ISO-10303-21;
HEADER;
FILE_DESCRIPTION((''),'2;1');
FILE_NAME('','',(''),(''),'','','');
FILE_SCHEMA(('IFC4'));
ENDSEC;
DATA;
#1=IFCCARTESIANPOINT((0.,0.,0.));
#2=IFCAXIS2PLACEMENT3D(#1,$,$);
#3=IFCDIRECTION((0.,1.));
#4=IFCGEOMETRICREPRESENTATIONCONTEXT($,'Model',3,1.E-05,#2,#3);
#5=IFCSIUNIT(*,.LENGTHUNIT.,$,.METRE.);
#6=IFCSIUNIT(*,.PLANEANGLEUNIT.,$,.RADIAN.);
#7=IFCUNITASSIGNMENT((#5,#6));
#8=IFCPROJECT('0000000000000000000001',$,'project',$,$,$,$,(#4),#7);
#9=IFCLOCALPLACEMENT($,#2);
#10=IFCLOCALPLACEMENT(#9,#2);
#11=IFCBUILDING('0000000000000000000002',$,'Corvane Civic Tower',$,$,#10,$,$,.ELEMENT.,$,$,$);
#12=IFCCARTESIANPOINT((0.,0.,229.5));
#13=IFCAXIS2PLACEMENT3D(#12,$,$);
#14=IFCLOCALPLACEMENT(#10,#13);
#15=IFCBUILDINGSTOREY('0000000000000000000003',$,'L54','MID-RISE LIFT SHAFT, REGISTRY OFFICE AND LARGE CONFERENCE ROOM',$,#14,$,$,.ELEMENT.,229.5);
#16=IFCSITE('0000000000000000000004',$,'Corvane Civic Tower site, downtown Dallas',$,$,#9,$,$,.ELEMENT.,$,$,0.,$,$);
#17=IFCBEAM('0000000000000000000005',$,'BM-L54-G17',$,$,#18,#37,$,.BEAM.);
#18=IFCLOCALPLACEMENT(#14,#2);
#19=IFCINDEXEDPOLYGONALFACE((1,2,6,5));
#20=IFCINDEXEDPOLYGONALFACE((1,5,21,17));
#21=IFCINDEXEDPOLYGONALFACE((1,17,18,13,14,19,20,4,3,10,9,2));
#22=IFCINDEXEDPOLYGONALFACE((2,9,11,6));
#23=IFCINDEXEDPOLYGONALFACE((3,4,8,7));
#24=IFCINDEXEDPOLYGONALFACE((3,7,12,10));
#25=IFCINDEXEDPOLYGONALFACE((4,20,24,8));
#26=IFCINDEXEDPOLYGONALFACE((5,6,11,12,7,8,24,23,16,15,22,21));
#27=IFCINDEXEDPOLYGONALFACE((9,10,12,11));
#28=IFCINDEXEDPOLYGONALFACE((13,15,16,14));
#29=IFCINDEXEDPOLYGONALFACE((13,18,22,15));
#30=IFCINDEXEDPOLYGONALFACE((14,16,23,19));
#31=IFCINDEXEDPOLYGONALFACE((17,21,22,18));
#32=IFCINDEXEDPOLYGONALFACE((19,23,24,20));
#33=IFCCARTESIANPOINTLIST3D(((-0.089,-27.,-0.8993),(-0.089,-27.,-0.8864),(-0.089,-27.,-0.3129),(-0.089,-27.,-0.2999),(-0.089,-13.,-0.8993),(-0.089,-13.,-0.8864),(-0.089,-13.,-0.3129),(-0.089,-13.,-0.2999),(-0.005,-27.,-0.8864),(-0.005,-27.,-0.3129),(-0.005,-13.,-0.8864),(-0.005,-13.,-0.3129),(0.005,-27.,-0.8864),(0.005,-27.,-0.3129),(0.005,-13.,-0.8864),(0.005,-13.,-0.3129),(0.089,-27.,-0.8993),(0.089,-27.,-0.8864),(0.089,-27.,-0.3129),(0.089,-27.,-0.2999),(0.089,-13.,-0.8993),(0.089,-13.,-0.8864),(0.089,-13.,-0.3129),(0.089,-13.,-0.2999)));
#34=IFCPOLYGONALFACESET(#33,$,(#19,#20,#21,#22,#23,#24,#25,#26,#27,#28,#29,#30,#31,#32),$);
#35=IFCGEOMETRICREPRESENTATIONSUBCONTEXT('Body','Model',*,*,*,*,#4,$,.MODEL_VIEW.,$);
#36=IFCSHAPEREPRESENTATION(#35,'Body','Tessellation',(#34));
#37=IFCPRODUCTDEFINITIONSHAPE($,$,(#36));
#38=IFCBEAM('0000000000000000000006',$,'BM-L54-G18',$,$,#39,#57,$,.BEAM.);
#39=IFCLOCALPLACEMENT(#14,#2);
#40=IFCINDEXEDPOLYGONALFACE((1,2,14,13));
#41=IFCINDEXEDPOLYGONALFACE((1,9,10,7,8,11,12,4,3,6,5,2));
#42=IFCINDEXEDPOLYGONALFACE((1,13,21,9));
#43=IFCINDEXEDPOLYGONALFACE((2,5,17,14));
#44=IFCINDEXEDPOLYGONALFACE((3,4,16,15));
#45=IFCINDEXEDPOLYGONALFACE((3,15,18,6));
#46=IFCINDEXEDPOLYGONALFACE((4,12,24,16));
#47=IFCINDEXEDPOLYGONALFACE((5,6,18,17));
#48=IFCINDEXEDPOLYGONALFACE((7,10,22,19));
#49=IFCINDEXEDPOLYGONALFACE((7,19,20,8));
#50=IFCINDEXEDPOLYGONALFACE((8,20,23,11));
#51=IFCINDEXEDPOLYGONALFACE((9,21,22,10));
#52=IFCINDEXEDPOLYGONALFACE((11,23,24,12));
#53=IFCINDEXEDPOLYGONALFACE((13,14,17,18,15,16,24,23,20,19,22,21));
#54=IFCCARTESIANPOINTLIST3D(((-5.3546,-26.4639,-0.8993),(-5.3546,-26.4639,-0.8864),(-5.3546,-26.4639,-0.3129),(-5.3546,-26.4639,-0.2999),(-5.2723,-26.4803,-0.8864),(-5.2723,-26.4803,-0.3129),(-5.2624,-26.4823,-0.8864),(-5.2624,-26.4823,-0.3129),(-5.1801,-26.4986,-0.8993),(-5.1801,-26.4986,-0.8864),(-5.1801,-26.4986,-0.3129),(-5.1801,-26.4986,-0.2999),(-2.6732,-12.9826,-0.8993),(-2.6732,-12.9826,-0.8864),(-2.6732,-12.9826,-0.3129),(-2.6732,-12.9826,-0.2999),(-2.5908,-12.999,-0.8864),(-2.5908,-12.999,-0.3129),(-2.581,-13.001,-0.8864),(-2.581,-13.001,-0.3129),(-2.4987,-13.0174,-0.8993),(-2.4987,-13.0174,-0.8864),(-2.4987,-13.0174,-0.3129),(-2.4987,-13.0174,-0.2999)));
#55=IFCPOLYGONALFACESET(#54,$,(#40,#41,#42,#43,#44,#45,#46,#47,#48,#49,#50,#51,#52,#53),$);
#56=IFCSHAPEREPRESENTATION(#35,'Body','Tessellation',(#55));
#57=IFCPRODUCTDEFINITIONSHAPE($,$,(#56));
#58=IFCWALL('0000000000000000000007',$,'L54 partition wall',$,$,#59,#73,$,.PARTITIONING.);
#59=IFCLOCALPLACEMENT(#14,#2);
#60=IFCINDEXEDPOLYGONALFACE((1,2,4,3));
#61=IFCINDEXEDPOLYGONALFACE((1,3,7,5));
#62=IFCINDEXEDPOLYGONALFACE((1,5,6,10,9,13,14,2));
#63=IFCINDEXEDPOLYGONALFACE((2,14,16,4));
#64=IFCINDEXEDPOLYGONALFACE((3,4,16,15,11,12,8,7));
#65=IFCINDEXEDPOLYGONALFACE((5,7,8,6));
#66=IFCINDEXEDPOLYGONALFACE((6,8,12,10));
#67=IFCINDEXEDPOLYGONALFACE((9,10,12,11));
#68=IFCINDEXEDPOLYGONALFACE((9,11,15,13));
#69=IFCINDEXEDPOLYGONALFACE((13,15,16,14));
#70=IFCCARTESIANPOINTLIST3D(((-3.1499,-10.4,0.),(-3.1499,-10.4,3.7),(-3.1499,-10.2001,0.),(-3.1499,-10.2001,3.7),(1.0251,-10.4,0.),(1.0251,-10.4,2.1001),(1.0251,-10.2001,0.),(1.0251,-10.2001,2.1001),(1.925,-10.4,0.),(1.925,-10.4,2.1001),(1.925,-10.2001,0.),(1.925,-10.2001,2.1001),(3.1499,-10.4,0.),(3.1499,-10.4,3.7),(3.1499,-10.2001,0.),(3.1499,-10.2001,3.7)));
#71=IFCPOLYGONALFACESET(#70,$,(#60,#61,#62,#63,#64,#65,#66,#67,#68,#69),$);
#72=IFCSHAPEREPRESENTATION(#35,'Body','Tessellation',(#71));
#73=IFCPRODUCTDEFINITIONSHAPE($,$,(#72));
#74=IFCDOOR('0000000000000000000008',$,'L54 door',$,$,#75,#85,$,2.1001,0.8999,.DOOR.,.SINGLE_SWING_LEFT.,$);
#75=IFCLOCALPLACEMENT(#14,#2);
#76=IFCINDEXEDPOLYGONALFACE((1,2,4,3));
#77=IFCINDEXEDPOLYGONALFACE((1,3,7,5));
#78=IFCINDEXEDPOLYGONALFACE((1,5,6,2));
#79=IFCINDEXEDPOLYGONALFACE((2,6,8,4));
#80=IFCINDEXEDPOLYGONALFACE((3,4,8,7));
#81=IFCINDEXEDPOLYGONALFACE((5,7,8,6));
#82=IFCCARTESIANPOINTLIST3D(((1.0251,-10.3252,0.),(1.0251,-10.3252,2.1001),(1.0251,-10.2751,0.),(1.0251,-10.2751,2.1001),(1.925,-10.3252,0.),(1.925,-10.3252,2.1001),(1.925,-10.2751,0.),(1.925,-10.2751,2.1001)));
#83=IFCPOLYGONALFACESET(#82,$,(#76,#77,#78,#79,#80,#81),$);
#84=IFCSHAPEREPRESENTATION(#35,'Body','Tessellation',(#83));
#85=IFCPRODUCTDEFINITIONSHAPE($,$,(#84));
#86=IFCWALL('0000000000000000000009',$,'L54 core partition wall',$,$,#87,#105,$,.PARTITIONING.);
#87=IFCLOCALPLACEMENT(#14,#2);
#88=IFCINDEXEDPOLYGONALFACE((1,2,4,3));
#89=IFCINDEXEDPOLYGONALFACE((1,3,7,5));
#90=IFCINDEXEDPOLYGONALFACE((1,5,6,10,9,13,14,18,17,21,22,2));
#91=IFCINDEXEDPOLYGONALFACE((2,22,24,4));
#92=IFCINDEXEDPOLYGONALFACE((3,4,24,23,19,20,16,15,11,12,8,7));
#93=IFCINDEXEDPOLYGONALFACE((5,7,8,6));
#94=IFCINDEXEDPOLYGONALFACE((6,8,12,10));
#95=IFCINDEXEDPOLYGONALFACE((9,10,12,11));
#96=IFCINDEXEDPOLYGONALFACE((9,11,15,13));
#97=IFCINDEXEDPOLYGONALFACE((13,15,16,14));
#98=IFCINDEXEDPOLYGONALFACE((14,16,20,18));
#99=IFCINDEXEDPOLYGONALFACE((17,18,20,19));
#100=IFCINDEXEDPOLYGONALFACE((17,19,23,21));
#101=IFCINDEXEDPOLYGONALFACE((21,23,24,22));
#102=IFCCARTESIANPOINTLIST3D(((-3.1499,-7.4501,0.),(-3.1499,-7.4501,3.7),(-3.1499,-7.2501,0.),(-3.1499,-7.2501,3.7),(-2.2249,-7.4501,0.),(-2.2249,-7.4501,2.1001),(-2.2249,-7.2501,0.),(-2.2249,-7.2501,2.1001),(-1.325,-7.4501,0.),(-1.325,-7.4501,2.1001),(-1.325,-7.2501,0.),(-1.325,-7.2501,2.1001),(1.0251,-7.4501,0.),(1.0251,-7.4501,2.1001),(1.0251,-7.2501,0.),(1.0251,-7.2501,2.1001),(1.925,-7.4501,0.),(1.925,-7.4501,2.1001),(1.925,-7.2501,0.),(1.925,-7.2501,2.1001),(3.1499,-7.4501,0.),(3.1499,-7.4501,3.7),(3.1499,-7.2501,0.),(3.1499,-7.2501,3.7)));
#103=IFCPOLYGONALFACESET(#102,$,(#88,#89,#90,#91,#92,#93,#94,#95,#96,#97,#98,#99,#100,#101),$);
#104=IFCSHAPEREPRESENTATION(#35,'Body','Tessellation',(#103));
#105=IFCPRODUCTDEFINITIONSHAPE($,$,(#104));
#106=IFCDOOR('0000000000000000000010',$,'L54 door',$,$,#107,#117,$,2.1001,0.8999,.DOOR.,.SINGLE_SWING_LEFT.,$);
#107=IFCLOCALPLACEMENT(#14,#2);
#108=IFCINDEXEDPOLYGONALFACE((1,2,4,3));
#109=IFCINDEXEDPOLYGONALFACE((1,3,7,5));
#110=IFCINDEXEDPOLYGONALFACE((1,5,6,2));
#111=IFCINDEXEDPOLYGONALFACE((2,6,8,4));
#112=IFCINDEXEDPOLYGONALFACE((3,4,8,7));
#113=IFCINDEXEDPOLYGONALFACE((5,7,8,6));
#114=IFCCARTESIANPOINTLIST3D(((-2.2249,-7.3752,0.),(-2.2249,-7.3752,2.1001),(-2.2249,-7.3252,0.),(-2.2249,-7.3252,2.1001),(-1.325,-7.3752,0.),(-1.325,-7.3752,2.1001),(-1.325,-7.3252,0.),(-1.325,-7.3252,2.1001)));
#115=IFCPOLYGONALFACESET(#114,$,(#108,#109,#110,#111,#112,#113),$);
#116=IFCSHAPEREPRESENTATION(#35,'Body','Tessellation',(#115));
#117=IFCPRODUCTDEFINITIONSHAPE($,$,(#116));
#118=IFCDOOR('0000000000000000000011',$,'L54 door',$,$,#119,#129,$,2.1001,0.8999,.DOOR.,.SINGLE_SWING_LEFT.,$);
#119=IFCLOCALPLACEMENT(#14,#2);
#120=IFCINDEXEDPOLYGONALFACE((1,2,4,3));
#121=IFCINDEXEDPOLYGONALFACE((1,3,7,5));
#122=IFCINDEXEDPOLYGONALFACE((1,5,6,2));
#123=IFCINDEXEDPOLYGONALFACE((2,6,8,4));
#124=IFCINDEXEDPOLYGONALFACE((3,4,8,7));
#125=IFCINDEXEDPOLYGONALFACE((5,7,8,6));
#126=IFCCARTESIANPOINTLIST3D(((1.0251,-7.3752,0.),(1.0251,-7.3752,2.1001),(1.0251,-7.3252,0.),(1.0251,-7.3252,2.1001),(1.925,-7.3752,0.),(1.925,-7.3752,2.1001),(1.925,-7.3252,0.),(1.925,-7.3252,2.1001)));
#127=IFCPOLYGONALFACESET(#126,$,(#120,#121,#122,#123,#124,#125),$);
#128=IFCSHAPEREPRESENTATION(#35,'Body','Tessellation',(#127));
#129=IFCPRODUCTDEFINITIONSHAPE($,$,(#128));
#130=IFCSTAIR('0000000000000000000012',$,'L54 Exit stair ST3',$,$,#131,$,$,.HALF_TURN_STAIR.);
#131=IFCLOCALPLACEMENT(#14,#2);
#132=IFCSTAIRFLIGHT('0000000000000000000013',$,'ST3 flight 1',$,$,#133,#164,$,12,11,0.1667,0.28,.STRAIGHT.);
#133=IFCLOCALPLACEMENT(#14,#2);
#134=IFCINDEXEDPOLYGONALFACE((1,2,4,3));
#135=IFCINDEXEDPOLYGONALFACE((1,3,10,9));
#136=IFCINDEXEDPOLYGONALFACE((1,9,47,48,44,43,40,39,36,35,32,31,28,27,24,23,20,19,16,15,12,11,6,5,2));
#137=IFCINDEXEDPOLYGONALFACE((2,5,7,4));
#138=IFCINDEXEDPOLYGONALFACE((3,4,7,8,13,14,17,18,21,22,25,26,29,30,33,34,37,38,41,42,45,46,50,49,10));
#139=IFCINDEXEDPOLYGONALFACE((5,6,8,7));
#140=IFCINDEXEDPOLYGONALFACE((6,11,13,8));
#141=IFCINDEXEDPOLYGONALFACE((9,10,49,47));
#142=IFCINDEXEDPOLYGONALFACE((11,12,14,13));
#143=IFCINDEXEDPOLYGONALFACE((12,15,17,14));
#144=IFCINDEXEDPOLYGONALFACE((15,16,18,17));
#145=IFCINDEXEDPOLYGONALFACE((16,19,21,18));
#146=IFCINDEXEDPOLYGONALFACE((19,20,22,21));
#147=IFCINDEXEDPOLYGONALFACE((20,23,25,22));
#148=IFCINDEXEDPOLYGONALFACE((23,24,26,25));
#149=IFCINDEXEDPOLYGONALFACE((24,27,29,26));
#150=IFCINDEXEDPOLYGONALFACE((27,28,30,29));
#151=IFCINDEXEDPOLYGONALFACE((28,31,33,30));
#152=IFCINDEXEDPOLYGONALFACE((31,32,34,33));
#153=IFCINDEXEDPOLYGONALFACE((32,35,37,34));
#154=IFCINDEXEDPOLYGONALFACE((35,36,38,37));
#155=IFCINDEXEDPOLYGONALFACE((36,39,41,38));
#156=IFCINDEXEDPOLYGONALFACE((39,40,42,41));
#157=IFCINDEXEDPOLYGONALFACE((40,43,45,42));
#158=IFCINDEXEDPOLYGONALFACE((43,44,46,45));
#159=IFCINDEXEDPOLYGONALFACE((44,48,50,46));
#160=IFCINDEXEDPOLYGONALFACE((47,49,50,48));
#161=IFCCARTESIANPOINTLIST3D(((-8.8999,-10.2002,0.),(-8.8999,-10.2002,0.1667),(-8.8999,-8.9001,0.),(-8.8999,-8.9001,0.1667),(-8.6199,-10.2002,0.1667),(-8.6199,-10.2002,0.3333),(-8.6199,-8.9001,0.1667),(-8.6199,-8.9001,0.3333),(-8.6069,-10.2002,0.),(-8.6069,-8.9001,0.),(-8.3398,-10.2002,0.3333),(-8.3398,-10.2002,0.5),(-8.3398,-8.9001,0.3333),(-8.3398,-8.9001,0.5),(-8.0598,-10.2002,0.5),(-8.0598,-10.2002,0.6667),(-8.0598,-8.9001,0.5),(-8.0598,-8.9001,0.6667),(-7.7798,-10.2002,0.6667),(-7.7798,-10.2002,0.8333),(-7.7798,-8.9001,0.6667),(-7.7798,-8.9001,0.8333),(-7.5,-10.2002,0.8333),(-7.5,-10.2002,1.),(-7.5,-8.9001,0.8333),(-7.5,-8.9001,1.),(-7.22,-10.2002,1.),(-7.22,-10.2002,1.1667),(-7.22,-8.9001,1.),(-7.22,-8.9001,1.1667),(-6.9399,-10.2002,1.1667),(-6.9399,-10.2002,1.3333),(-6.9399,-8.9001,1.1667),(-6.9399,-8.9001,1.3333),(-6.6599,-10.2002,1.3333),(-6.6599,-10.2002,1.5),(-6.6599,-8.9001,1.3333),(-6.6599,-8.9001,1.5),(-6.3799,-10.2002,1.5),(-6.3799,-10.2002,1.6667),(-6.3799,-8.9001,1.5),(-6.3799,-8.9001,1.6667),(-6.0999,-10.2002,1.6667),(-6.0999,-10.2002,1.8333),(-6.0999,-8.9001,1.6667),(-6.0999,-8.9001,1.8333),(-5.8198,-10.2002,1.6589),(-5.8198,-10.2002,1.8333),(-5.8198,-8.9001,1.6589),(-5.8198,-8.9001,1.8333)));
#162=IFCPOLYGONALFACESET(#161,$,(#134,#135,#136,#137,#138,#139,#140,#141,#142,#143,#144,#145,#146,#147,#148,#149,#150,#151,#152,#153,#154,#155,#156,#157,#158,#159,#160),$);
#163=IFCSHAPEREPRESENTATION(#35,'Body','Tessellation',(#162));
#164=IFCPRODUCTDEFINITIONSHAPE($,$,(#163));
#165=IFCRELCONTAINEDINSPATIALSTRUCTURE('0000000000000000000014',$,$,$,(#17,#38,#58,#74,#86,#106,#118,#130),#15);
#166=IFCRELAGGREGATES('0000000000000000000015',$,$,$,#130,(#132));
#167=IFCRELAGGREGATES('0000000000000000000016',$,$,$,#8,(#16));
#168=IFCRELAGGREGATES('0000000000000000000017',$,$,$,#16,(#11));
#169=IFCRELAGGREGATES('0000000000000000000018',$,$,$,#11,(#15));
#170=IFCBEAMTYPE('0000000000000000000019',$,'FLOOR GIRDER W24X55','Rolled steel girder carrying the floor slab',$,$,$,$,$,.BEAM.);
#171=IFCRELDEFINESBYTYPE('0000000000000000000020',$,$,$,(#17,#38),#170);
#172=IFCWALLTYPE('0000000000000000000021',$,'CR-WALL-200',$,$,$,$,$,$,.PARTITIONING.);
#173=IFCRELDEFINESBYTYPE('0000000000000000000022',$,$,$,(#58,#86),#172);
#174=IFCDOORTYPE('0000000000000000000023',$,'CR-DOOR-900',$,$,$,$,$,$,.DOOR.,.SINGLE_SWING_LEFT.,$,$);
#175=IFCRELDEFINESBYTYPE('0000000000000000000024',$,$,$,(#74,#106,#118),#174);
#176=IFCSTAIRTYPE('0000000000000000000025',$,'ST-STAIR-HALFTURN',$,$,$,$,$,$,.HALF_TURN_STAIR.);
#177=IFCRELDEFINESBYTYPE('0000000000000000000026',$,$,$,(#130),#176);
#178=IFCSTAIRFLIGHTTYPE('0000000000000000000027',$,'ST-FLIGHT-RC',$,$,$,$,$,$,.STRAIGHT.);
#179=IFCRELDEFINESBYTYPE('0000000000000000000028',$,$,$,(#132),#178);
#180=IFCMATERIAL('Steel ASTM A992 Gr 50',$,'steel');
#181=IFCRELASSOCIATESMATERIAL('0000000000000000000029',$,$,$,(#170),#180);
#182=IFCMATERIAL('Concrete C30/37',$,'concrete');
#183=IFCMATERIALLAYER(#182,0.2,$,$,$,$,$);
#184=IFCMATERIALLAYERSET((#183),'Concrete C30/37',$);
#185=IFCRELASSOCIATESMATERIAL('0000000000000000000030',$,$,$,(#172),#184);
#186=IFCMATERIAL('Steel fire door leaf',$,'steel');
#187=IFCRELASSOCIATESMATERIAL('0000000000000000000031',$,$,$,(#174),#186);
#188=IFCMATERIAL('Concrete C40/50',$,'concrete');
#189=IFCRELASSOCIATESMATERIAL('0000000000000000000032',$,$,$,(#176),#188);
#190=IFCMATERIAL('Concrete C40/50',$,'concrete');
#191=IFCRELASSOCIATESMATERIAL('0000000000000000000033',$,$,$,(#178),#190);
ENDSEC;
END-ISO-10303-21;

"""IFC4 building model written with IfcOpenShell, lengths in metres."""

from ifc_helpers import new_model, si_unit, direction, frame, frame_2d, origin, origin_2d, place, context, subcontext, project, spatial, polyline, rectangle, i_section, outline, extrude, material, layer, layer_set, material_profile, profile_set, type_object, element, fill, aggregate, save


model = new_model("IFC4")

# Units and contexts
model_context = context("Model", 3, precision=1e-05, world=origin(), true_north=direction((0.0, 1.0)))
body_context = subcontext(model_context, "Body", "Model", "MODEL_VIEW")
ifc_project = project(units=[si_unit("LENGTHUNIT", "METRE"), si_unit("PLANEANGLEUNIT", "RADIAN")], contexts=[model_context])

# Site, building, storey
site_placement = place(None, origin())
site = spatial("IfcSite", under=ifc_project, at=site_placement, Name="Corvane Civic Tower site, downtown Dallas", CompositionType="ELEMENT", RefElevation=0.0)
building_placement = place(site_placement, origin())
building = spatial("IfcBuilding", under=site, at=building_placement, Name="Corvane Civic Tower", CompositionType="ELEMENT")
storey_placement = place(building_placement, frame((0.0, 0.0, 229.5)))
storey = spatial("IfcBuildingStorey", under=building, at=storey_placement, Name="L54", Description="MID-RISE LIFT SHAFT, REGISTRY OFFICE AND LARGE CONFERENCE ROOM", CompositionType="ELEMENT", Elevation=229.5)

# Beams
ifc_material_1 = material(Name="Steel ASTM A992 Gr 50", Category="steel")
ifc_material_profile = material_profile(ifc_material_1, i_section(OverallWidth=0.178, OverallDepth=0.5994, WebThickness=0.01, FlangeThickness=0.0129, at=origin_2d()), Name="W24X55")
ifc_profile_set = profile_set([ifc_material_profile], Name="Steel ASTM A992 Gr 50")
beam_type = type_object("IfcBeamType", Name="FLOOR GIRDER W24X55", Description="Rolled steel girder carrying the floor slab", PredefinedType="BEAM", material=ifc_profile_set)
beam_1_placement = place(storey_placement, frame((0.0, -13.0, -0.5996), z_axis=(0.0, -1.0, 0.0), x_axis=(1.0, 0.0, 0.0)))
element("IfcBeam", 1, at=beam_1_placement, inside=storey, type_object=beam_type, Name="BM-L54-G17", PredefinedType="BEAM", context=body_context, shape_type="SweptSolid", body=[
    extrude(i_section(OverallWidth=0.178, OverallDepth=0.5994, WebThickness=0.01, FlangeThickness=0.0129, at=origin_2d()), origin(), (0.0, 0.0, 1.0), 14.0),
])
beam_2_placement = place(storey_placement, frame((-2.5859, -13.0, -0.5996), z_axis=(-0.195078, -0.980788, 0.0), x_axis=(0.980788, -0.195078, 0.0)))
element("IfcBeam", 2, at=beam_2_placement, inside=storey, type_object=beam_type, Name="BM-L54-G18", PredefinedType="BEAM", context=body_context, shape_type="SweptSolid", body=[
    extrude(i_section(OverallWidth=0.178, OverallDepth=0.5994, WebThickness=0.01, FlangeThickness=0.0129, at=origin_2d()), origin(), (0.0, 0.0, 1.0), 13.7454),
])

# Wall, opening, door
ifc_material_2 = material(Name="Concrete C30/37", Category="concrete")
ifc_layer = layer(ifc_material_2, 0.2)
ifc_layer_set = layer_set([ifc_layer], Name="Concrete C30/37")
wall_type = type_object("IfcWallType", Name="CR-WALL-200", PredefinedType="PARTITIONING", material=ifc_layer_set)
wall_1_placement = place(storey_placement, frame((-3.1499, -10.3, 0.0), z_axis=(0.0, 0.0, 1.0), x_axis=(1.0, 0.0, 0.0)))
wall_1 = element("IfcWall", 3, at=wall_1_placement, inside=storey, type_object=wall_type, Name="L54 partition wall", PredefinedType="PARTITIONING", context=body_context, shape_type="SweptSolid", body=[
    extrude(rectangle(XDim=6.2998, YDim=0.2, at=frame_2d((3.1499, 0.0))), origin(), (0.0, 0.0, 1.0), 3.7),
])
opening_1_placement = place(wall_1_placement, frame((4.175, 0.0, 0.0)))
opening_1 = element("IfcOpeningElement", 4, at=opening_1_placement, cuts=wall_1, PredefinedType="OPENING", context=body_context, shape_type="SweptSolid", body=[
    extrude(rectangle(XDim=0.8999, YDim=2.1001, at=frame_2d((0.45, 1.05))), frame((0.0, 0.1099, 0.0), z_axis=(0.0, -1.0, 0.0), x_axis=(1.0, 0.0, 0.0)), (0.0, 0.0, 1.0), 0.22),
])
ifc_material_3 = material(Name="Steel fire door leaf", Category="steel")
door_type = type_object("IfcDoorType", Name="CR-DOOR-900", OperationType="SINGLE_SWING_LEFT", PredefinedType="DOOR", material=ifc_material_3)
door_1_placement = place(opening_1_placement, origin())
door_1 = element("IfcDoor", 5, at=door_1_placement, inside=storey, type_object=door_type, Name="L54 door", OperationType="SINGLE_SWING_LEFT", OverallHeight=2.1001, OverallWidth=0.8999, PredefinedType="DOOR", context=body_context, shape_type="SweptSolid", body=[
    extrude(rectangle(XDim=0.8999, YDim=2.1001, at=frame_2d((0.45, 1.05))), frame((0.0, 0.0249, 0.0), z_axis=(0.0, -1.0, 0.0), x_axis=(1.0, 0.0, 0.0)), (0.0, 0.0, 1.0), 0.05),
])
fill(opening_1, door_1)

# Wall, openings, doors
wall_2_placement = place(storey_placement, frame((-3.1499, -7.3501, 0.0), z_axis=(0.0, 0.0, 1.0), x_axis=(1.0, 0.0, 0.0)))
wall_2 = element("IfcWall", 6, at=wall_2_placement, inside=storey, type_object=wall_type, Name="L54 core partition wall", PredefinedType="PARTITIONING", context=body_context, shape_type="SweptSolid", body=[
    extrude(rectangle(XDim=6.2998, YDim=0.2, at=frame_2d((3.1499, 0.0))), origin(), (0.0, 0.0, 1.0), 3.7),
])
opening_2_placement = place(wall_2_placement, frame((0.925, 0.0, 0.0)))
opening_2 = element("IfcOpeningElement", 7, at=opening_2_placement, cuts=wall_2, PredefinedType="OPENING", context=body_context, shape_type="SweptSolid", body=[
    extrude(rectangle(XDim=0.8999, YDim=2.1001, at=frame_2d((0.45, 1.05))), frame((0.0, 0.1099, 0.0), z_axis=(0.0, -1.0, 0.0), x_axis=(1.0, 0.0, 0.0)), (0.0, 0.0, 1.0), 0.22),
])
opening_3_placement = place(wall_2_placement, frame((4.175, 0.0, 0.0)))
opening_3 = element("IfcOpeningElement", 8, at=opening_3_placement, cuts=wall_2, PredefinedType="OPENING", context=body_context, shape_type="SweptSolid", body=[
    extrude(rectangle(XDim=0.8999, YDim=2.1001, at=frame_2d((0.45, 1.05))), frame((0.0, 0.1099, 0.0), z_axis=(0.0, -1.0, 0.0), x_axis=(1.0, 0.0, 0.0)), (0.0, 0.0, 1.0), 0.22),
])
door_2_placement = place(opening_2_placement, origin())
door_2 = element("IfcDoor", 9, at=door_2_placement, inside=storey, type_object=door_type, Name="L54 door", OperationType="SINGLE_SWING_LEFT", OverallHeight=2.1001, OverallWidth=0.8999, PredefinedType="DOOR", context=body_context, shape_type="SweptSolid", body=[
    extrude(rectangle(XDim=0.8999, YDim=2.1001, at=frame_2d((0.45, 1.05))), frame((0.0, 0.0249, 0.0), z_axis=(0.0, -1.0, 0.0), x_axis=(1.0, 0.0, 0.0)), (0.0, 0.0, 1.0), 0.05),
])
fill(opening_2, door_2)
door_3_placement = place(opening_3_placement, origin())
door_3 = element("IfcDoor", 10, at=door_3_placement, inside=storey, type_object=door_type, Name="L54 door", OperationType="SINGLE_SWING_LEFT", OverallHeight=2.1001, OverallWidth=0.8999, PredefinedType="DOOR", context=body_context, shape_type="SweptSolid", body=[
    extrude(rectangle(XDim=0.8999, YDim=2.1001, at=frame_2d((0.45, 1.05))), frame((0.0, 0.0249, 0.0), z_axis=(0.0, -1.0, 0.0), x_axis=(1.0, 0.0, 0.0)), (0.0, 0.0, 1.0), 0.05),
])
fill(opening_3, door_3)

# Stair, stair flight
ifc_material_4 = material(Name="Concrete C40/50", Category="concrete")
stair_type = type_object("IfcStairType", Name="ST-STAIR-HALFTURN", PredefinedType="HALF_TURN_STAIR", material=ifc_material_4)
stair_placement = place(storey_placement, origin())
stair = element("IfcStair", 11, at=stair_placement, inside=storey, type_object=stair_type, Name="L54 Exit stair ST3", PredefinedType="HALF_TURN_STAIR")
ifc_material_5 = material(Name="Concrete C40/50", Category="concrete")
stair_flight_type = type_object("IfcStairFlightType", Name="ST-FLIGHT-RC", PredefinedType="STRAIGHT", material=ifc_material_5)
stair_flight_1_placement = place(storey_placement, frame((-8.8999, -9.55, 0.0), z_axis=(0.0, 0.0, 1.0), x_axis=(1.0, 0.0, 0.0)))
stair_flight_1 = element("IfcStairFlight", 12, at=stair_flight_1_placement, type_object=stair_flight_type, Name="ST3 flight 1", NumberOfRisers=12, NumberOfTreads=11, PredefinedType="STRAIGHT", RiserHeight=0.1667, TreadLength=0.28, context=body_context, shape_type="SweptSolid", body=[
    extrude(outline(polyline([(0.0, 0.0), (0.0, 0.1667), (0.28, 0.1667), (0.28, 0.3333), (0.5601, 0.3333), (0.5601, 0.5), (0.8401, 0.5), (0.8401, 0.6667), (1.1201, 0.6667), (1.1201, 0.8333), (1.3999, 0.8333), (1.3999, 1.0), (1.6799, 1.0), (1.6799, 1.1667), (1.96, 1.1667), (1.96, 1.3333), (2.24, 1.3333), (2.24, 1.5), (2.52, 1.5), (2.52, 1.6667), (2.8, 1.6667), (2.8, 1.8333), (3.0801, 1.8333), (3.0801, 2.0), (3.0801, 1.6589), (0.293, 0.0), (0.0, 0.0)])), frame((0.0, 0.6499, 0.0), z_axis=(0.0, -1.0, 0.0), x_axis=(1.0, 0.0, 0.0)), (0.0, 0.0, 1.0), 1.3),
])
aggregate(stair, [stair_flight_1])

save(model, "model.ifc")
